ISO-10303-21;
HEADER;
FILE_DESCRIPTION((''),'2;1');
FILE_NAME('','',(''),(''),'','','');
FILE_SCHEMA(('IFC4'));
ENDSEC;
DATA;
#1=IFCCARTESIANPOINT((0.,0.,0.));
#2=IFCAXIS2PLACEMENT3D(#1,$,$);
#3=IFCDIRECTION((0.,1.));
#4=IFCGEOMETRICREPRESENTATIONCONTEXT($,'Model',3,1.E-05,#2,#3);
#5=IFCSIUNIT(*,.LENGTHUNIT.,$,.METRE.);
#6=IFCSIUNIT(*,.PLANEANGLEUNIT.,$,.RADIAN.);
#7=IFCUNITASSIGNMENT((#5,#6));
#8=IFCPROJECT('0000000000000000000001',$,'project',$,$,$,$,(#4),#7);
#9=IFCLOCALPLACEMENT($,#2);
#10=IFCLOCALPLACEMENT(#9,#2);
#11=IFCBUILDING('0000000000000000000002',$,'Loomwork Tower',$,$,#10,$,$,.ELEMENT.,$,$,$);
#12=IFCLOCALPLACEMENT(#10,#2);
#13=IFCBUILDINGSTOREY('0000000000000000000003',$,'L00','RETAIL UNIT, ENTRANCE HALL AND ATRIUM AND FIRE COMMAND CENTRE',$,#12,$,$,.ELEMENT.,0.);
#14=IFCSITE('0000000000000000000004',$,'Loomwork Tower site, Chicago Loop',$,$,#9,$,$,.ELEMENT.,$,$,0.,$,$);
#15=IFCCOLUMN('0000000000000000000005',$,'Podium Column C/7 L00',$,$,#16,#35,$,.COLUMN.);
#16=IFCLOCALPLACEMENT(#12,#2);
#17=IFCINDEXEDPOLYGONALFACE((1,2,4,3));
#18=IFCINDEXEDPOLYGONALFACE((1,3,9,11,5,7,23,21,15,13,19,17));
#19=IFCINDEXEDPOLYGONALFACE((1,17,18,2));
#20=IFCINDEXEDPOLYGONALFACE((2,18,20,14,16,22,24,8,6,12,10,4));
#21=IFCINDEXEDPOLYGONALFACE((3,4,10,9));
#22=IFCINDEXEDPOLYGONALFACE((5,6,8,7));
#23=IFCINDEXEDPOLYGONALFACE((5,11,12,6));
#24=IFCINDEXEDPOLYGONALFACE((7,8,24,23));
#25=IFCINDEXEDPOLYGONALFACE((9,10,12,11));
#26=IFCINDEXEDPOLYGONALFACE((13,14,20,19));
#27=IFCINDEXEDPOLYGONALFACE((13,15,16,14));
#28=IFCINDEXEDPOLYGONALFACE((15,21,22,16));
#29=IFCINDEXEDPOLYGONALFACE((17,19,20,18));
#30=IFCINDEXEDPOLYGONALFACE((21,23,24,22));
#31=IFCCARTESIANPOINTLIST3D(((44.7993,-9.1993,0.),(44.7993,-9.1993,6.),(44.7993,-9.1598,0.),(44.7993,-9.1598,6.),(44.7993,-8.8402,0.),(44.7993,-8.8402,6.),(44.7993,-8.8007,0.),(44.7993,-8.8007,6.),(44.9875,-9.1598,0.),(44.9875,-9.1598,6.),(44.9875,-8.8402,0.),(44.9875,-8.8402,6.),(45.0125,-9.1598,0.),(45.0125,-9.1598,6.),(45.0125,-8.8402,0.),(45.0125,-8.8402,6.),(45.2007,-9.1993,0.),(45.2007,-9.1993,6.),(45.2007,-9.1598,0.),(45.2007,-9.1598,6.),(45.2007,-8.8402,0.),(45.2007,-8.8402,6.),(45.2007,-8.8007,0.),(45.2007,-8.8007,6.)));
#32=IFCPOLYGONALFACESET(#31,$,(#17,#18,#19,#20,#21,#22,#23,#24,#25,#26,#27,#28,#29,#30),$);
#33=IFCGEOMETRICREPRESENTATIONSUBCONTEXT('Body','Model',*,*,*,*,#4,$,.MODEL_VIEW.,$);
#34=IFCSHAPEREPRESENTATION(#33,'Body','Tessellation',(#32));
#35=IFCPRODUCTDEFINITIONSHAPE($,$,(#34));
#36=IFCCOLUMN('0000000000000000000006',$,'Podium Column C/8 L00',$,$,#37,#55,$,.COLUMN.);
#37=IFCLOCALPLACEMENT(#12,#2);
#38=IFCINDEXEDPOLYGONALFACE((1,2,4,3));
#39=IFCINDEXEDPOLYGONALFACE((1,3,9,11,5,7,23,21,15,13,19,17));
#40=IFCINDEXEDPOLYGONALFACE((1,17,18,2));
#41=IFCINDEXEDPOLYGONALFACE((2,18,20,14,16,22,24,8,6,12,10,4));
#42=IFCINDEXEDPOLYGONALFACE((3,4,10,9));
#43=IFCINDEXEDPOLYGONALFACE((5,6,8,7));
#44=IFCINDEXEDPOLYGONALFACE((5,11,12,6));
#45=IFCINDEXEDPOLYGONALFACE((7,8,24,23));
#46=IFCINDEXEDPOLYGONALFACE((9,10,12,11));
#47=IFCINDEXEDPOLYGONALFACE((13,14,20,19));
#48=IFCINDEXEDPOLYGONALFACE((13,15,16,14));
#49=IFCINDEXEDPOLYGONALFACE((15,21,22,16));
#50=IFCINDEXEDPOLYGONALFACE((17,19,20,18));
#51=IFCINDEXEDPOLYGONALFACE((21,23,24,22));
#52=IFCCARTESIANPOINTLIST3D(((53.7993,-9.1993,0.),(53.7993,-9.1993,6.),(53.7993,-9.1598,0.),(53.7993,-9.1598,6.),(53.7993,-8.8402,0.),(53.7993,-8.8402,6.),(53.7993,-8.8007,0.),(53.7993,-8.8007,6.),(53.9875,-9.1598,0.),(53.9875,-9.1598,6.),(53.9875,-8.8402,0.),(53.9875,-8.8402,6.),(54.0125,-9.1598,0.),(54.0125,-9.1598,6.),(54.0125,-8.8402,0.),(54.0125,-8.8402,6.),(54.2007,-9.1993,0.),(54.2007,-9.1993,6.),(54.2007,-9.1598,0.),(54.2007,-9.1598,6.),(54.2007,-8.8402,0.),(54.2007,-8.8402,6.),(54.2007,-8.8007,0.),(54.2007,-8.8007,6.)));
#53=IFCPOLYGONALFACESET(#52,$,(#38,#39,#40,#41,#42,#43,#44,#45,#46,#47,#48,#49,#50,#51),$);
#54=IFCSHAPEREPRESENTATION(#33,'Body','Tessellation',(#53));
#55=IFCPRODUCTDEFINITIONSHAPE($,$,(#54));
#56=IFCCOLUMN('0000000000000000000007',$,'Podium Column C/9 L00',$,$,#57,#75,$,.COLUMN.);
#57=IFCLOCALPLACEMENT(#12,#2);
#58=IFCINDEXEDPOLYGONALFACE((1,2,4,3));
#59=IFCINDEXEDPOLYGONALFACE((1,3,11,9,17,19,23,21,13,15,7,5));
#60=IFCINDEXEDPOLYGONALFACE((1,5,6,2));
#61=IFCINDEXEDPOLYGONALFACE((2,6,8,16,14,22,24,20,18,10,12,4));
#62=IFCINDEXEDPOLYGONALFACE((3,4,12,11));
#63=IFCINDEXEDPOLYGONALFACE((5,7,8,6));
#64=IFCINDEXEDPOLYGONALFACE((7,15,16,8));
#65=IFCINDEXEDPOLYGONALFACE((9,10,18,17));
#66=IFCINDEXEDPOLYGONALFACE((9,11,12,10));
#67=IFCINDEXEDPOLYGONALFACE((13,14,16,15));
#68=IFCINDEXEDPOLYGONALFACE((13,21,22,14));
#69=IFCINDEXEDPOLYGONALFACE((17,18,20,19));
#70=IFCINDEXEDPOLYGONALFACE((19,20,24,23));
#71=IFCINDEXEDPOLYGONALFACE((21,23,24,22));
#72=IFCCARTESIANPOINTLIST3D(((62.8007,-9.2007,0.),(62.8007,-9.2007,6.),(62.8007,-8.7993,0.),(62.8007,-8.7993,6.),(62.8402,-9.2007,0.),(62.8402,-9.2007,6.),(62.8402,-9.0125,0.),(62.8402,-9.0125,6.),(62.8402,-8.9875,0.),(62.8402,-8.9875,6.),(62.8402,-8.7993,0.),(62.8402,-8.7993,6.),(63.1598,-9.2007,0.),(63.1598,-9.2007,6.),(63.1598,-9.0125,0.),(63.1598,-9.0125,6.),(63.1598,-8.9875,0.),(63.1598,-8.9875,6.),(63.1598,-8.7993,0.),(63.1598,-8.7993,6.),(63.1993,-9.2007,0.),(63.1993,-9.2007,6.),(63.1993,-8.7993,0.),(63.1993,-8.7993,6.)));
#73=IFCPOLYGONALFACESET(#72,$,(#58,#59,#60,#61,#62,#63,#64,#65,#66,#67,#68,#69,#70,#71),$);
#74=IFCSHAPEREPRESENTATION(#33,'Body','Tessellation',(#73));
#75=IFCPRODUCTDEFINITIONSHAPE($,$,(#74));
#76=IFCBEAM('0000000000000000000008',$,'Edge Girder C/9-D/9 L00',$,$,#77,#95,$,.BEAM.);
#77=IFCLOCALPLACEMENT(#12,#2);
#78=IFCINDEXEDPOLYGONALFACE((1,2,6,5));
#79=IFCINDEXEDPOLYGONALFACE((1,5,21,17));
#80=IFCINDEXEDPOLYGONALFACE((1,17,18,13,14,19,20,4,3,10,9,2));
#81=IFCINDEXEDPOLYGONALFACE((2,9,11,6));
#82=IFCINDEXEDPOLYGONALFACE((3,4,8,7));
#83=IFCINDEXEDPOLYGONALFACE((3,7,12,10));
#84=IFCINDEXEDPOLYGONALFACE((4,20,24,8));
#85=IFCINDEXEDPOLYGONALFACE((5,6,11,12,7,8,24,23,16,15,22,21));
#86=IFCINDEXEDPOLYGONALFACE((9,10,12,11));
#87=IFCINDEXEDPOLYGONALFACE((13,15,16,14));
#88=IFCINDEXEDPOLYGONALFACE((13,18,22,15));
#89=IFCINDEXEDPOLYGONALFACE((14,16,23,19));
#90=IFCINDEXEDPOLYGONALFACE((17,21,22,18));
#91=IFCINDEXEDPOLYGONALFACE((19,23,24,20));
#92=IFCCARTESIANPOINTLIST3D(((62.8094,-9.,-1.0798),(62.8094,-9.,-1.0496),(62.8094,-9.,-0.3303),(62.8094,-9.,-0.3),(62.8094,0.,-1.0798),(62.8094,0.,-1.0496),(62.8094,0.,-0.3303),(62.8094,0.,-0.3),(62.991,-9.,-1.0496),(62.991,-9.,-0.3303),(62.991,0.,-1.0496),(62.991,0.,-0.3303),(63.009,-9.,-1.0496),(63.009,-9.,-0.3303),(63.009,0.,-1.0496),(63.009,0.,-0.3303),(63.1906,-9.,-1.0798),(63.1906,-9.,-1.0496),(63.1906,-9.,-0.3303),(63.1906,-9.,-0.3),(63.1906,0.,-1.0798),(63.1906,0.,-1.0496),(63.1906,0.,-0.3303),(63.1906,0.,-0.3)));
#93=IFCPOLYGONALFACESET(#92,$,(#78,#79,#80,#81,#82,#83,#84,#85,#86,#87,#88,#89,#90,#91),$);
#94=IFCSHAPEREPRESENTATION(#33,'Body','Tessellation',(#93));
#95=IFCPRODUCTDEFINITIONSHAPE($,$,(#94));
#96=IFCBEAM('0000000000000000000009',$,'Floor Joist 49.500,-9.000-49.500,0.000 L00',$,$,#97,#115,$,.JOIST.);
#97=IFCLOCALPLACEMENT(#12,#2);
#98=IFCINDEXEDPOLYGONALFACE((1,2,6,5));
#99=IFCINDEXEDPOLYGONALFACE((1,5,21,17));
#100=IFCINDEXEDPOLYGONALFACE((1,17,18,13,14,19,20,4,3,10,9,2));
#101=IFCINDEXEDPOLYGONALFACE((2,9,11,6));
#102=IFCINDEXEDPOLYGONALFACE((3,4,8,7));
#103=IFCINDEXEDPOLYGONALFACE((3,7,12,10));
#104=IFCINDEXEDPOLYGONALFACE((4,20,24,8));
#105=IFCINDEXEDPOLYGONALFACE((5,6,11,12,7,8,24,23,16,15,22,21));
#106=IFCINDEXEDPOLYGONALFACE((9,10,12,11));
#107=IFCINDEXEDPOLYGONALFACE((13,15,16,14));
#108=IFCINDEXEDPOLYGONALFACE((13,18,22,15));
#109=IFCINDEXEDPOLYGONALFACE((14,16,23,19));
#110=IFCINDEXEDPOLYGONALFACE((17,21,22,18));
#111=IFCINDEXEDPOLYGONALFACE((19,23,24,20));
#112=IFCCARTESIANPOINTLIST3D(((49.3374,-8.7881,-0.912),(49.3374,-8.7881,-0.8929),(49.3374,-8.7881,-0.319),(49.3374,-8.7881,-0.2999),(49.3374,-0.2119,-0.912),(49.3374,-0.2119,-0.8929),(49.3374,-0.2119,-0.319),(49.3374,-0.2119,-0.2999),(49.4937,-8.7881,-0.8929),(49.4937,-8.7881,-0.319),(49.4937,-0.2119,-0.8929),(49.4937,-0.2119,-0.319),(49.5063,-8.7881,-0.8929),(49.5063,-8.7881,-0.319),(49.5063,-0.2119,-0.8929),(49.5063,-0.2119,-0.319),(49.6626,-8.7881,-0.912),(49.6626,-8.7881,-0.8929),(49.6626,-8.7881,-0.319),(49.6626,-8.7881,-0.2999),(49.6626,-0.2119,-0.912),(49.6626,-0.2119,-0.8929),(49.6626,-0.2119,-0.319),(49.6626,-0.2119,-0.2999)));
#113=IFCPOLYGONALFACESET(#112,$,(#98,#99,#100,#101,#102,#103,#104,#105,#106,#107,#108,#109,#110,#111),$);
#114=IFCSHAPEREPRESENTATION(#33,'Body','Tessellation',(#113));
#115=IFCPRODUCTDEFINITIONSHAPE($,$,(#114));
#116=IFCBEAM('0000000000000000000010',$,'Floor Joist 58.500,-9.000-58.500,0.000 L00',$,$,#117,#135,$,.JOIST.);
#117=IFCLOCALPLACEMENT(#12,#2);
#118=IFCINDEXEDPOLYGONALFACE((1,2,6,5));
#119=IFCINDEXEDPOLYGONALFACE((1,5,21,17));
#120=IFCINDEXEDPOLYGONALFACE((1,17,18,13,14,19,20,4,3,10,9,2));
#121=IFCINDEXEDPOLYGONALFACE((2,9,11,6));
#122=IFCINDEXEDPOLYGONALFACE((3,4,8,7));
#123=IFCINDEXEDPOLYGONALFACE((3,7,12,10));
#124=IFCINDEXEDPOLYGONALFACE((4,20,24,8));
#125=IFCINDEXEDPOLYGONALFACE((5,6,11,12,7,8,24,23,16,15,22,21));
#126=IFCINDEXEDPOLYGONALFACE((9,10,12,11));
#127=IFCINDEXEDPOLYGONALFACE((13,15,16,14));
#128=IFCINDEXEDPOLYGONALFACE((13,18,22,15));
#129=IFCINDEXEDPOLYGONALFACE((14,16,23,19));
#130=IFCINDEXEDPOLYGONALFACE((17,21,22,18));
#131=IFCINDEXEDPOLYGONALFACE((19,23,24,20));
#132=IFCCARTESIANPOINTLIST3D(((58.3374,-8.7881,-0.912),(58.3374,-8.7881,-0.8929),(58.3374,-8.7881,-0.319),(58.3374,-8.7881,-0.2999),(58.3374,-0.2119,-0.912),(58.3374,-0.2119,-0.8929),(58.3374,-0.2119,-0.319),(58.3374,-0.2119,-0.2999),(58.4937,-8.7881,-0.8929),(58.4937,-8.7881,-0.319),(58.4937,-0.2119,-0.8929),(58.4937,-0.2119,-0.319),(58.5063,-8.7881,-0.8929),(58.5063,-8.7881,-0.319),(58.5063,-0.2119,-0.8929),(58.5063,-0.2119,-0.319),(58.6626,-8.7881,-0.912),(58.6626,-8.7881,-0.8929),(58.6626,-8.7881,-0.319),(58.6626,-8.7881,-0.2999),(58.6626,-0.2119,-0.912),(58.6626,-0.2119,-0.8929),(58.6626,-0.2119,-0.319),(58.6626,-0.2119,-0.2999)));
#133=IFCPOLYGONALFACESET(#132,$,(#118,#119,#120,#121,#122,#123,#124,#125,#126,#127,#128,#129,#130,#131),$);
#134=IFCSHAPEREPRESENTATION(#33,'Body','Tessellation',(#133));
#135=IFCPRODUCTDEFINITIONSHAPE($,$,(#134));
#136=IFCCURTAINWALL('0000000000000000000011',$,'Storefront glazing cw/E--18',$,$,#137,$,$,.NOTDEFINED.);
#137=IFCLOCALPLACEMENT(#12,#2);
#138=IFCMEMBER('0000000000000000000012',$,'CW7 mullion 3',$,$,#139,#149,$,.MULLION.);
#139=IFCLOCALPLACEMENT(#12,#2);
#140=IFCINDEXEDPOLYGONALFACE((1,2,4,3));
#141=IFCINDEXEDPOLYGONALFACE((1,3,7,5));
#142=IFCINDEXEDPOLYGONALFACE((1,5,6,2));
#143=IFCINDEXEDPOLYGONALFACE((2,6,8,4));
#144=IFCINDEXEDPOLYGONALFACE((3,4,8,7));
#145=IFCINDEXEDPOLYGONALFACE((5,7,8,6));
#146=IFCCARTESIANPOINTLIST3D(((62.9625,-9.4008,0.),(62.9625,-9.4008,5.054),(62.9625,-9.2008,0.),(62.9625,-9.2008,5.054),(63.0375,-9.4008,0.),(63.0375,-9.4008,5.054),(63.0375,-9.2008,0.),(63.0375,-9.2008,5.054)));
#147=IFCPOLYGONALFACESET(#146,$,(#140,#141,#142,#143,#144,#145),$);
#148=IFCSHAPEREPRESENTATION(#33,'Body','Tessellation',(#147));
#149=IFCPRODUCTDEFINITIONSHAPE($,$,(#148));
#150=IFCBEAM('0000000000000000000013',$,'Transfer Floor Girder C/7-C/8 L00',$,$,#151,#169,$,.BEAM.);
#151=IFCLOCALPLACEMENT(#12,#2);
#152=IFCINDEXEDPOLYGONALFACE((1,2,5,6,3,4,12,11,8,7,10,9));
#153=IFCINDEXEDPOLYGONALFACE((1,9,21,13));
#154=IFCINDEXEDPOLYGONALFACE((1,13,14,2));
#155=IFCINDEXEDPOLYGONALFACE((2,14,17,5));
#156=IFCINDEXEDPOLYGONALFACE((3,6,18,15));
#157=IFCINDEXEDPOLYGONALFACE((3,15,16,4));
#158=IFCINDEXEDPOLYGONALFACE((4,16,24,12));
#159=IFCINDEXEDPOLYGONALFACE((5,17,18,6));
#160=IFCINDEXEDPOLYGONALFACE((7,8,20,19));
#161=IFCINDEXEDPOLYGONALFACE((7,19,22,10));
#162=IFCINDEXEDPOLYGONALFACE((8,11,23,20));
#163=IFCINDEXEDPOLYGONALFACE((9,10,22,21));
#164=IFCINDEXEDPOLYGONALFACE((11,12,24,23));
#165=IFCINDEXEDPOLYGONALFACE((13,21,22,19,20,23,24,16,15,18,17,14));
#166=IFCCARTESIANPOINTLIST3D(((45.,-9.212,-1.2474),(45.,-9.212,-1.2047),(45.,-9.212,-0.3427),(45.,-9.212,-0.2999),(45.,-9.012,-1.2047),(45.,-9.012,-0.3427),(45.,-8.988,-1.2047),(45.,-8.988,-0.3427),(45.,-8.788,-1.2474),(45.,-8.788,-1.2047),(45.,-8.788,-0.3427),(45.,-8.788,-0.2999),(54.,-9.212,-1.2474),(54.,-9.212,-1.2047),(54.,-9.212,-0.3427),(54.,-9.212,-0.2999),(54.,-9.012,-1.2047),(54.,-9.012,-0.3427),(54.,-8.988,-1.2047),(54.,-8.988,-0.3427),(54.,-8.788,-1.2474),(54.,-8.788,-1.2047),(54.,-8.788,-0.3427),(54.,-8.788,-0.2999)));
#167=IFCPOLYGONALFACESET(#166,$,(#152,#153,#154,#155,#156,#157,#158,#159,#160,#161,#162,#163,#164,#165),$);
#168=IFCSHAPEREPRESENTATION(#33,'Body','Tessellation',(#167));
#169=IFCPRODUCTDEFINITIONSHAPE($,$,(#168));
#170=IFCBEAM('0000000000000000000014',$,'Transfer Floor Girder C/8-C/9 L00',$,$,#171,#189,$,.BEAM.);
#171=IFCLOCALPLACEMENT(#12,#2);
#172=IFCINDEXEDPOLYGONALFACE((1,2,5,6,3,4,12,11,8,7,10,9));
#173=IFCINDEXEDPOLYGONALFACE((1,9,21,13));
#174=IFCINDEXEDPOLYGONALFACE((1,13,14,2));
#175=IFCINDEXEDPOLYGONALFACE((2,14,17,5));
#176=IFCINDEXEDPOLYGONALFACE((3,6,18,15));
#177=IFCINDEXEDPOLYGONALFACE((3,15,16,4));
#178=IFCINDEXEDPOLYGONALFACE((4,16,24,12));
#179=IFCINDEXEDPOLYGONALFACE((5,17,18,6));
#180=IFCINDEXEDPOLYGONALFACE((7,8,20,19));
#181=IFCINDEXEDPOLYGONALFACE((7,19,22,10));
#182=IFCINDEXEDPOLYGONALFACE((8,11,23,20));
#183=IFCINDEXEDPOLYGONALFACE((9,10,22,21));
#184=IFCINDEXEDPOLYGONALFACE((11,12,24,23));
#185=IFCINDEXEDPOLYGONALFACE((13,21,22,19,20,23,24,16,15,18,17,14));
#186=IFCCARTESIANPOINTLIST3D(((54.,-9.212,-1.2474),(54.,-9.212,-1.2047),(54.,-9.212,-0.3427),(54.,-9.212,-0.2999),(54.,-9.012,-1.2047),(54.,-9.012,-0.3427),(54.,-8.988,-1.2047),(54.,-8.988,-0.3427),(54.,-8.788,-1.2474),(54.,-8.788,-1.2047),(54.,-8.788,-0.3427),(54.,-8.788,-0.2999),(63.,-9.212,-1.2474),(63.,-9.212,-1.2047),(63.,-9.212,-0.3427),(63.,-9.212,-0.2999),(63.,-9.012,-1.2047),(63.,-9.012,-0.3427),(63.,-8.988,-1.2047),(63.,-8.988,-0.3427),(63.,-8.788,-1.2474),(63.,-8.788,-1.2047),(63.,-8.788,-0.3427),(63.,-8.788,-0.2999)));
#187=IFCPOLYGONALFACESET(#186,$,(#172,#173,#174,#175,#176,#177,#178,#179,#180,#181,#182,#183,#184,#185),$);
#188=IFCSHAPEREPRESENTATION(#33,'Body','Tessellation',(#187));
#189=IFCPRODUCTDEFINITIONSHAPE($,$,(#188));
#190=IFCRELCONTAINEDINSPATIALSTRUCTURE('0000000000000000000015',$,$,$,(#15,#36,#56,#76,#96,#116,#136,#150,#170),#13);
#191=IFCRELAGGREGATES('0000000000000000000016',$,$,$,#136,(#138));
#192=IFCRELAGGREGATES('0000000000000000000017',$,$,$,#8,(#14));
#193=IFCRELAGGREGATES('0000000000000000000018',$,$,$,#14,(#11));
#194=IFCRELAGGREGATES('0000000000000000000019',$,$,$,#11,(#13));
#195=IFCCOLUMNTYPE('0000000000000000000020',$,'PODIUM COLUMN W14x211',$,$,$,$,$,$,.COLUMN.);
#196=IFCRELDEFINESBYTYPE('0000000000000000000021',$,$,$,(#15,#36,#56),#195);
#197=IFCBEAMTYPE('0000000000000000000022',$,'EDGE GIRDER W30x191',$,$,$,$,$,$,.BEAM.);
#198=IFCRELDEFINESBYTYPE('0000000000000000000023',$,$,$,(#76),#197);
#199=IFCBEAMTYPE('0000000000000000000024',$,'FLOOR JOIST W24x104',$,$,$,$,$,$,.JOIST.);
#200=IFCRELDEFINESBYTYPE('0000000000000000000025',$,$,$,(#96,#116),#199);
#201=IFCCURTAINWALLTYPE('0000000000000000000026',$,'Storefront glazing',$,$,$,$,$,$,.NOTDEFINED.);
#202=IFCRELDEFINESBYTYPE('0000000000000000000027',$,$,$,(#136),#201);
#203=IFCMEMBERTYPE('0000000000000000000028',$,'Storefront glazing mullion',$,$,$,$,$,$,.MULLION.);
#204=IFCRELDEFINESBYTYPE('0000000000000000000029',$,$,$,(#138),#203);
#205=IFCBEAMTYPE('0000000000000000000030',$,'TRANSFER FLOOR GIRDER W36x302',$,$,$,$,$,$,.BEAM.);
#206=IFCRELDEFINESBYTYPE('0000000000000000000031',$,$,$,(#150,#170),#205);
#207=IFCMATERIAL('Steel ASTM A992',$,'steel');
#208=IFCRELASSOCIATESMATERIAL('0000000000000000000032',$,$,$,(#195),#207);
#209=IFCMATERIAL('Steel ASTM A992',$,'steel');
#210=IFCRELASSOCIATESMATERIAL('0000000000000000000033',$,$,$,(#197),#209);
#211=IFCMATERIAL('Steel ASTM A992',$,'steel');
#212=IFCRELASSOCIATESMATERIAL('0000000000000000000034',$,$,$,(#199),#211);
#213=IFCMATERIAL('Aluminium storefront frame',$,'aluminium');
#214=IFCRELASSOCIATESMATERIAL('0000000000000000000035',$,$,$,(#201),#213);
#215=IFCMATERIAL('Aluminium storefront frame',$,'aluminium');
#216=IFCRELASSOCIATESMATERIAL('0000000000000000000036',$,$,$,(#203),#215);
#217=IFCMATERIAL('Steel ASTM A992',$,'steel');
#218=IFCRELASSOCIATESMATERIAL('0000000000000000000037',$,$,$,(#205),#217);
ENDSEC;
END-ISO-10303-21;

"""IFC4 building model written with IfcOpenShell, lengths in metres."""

from ifc_helpers import new_model, si_unit, direction, frame, origin, origin_2d, place, context, subcontext, project, spatial, rectangle, i_section, extrude, material, material_profile, profile_set, type_object, element, aggregate, save


model = new_model("IFC4")

# Units and contexts
model_context = context("Model", 3, precision=1e-05, world=origin(), true_north=direction((0.0, 1.0)))
body_context = subcontext(model_context, "Body", "Model", "MODEL_VIEW")
ifc_project = project(units=[si_unit("LENGTHUNIT", "METRE"), si_unit("PLANEANGLEUNIT", "RADIAN")], contexts=[model_context])

# Site, building, storey
site_placement = place(None, origin())
site = spatial("IfcSite", under=ifc_project, at=site_placement, Name="Loomwork Tower site, Chicago Loop", CompositionType="ELEMENT", RefElevation=0.0)
building_placement = place(site_placement, origin())
building = spatial("IfcBuilding", under=site, at=building_placement, Name="Loomwork Tower", CompositionType="ELEMENT")
storey_placement = place(building_placement, origin())
storey = spatial("IfcBuildingStorey", under=building, at=storey_placement, Name="L00", Description="RETAIL UNIT, ENTRANCE HALL AND ATRIUM AND FIRE COMMAND CENTRE", CompositionType="ELEMENT", Elevation=0.0)

# Columns
ifc_material_1 = material(Name="Steel ASTM A992", Category="steel")
ifc_material_profile_1 = material_profile(ifc_material_1, i_section(OverallWidth=0.4014, OverallDepth=0.3987, WebThickness=0.0249, FlangeThickness=0.0396, at=origin_2d()), Name="W14x211")
ifc_profile_set_1 = profile_set([ifc_material_profile_1], Name="Steel ASTM A992")
column_type = type_object("IfcColumnType", Name="PODIUM COLUMN W14x211", PredefinedType="COLUMN", material=ifc_profile_set_1)
for number, where, z_axis, x_axis, name in (
    (1, (45.0, -9.0, 0.0), (0.0, 0.0, 1.0), (1.0, 0.0, 0.0), "Podium Column C/7 L00"),
    (2, (54.0, -9.0, 0.0), (0.0, 0.0, 1.0), (1.0, 0.0, 0.0), "Podium Column C/8 L00"),
    (3, (63.0, -9.0, 0.0), (0.0, 0.0, 1.0), (0.0, 1.0, 0.0), "Podium Column C/9 L00"),
):
    element("IfcColumn", number, at=place(storey_placement, frame(where, z_axis=z_axis, x_axis=x_axis)), inside=storey, type_object=column_type, Name=name, PredefinedType="COLUMN", context=body_context, shape_type="SweptSolid", body=[
        extrude(i_section(OverallWidth=0.4014, OverallDepth=0.3987, WebThickness=0.0249, FlangeThickness=0.0396, at=origin_2d()), origin(), (0.0, 0.0, 1.0), 6.0),
    ])

# Beams
ifc_material_2 = material(Name="Steel ASTM A992", Category="steel")
ifc_material_profile_2 = material_profile(ifc_material_2, i_section(OverallWidth=0.3811, OverallDepth=0.7798, WebThickness=0.0181, FlangeThickness=0.0303, at=origin_2d()), Name="W30x191")
ifc_profile_set_2 = profile_set([ifc_material_profile_2], Name="Steel ASTM A992")
beam_type_1 = type_object("IfcBeamType", Name="EDGE GIRDER W30x191", PredefinedType="BEAM", material=ifc_profile_set_2)
beam_placement = place(storey_placement, frame((63.0, -9.0, -0.6899), z_axis=(0.0, 1.0, 0.0), x_axis=(-1.0, 0.0, 0.0)))
element("IfcBeam", 4, at=beam_placement, inside=storey, type_object=beam_type_1, Name="Edge Girder C/9-D/9 L00", PredefinedType="BEAM", context=body_context, shape_type="SweptSolid", body=[
    extrude(i_section(OverallWidth=0.3811, OverallDepth=0.7798, WebThickness=0.0181, FlangeThickness=0.0303, at=origin_2d()), origin(), (0.0, 0.0, 1.0), 9.0),
])
ifc_material_3 = material(Name="Steel ASTM A992", Category="steel")
ifc_material_profile_3 = material_profile(ifc_material_3, i_section(OverallWidth=0.3252, OverallDepth=0.6121, WebThickness=0.0127, FlangeThickness=0.019, at=origin_2d()), Name="W24x104")
ifc_profile_set_3 = profile_set([ifc_material_profile_3], Name="Steel ASTM A992")
beam_type_2 = type_object("IfcBeamType", Name="FLOOR JOIST W24x104", PredefinedType="JOIST", material=ifc_profile_set_3)
for number, where, z_axis, x_axis, name in (
    (5, (49.5, -8.7881, -0.606), (0.0, 1.0, 0.0), (-1.0, 0.0, 0.0), "Floor Joist 49.500,-9.000-49.500,0.000 L00"),
    (6, (58.5, -8.7881, -0.606), (0.0, 1.0, 0.0), (-1.0, 0.0, 0.0), "Floor Joist 58.500,-9.000-58.500,0.000 L00"),
):
    element("IfcBeam", number, at=place(storey_placement, frame(where, z_axis=z_axis, x_axis=x_axis)), inside=storey, type_object=beam_type_2, Name=name, PredefinedType="JOIST", context=body_context, shape_type="SweptSolid", body=[
        extrude(i_section(OverallWidth=0.3252, OverallDepth=0.6121, WebThickness=0.0127, FlangeThickness=0.019, at=origin_2d()), origin(), (0.0, 0.0, 1.0), 8.5762),
    ])

# Curtain wall, member
ifc_material_4 = material(Name="Aluminium storefront frame", Category="aluminium")
curtain_wall_type = type_object("IfcCurtainWallType", Name="Storefront glazing", PredefinedType="NOTDEFINED", material=ifc_material_4)
curtain_wall_placement = place(storey_placement, origin())
curtain_wall = element("IfcCurtainWall", 7, at=curtain_wall_placement, inside=storey, type_object=curtain_wall_type, Name="Storefront glazing cw/E--18", PredefinedType="NOTDEFINED")
ifc_material_5 = material(Name="Aluminium storefront frame", Category="aluminium")
ifc_material_profile_4 = material_profile(ifc_material_5, rectangle(XDim=0.075, YDim=0.2, at=origin_2d()), Name="AL 75x200")
ifc_profile_set_4 = profile_set([ifc_material_profile_4], Name="Aluminium storefront frame")
member_type = type_object("IfcMemberType", Name="Storefront glazing mullion", PredefinedType="MULLION", material=ifc_profile_set_4)
member_placement = place(storey_placement, frame((63.0, -9.3008, 0.0), z_axis=(0.0, 0.0, 1.0), x_axis=(-1.0, 0.0, 0.0)))
member = element("IfcMember", 8, at=member_placement, type_object=member_type, Name="CW7 mullion 3", PredefinedType="MULLION", context=body_context, shape_type="SweptSolid", body=[
    extrude(rectangle(XDim=0.075, YDim=0.2, at=origin_2d()), origin(), (0.0, 0.0, 1.0), 5.054),
])

# Beams
ifc_material_6 = material(Name="Steel ASTM A992", Category="steel")
ifc_material_profile_5 = material_profile(ifc_material_6, i_section(OverallWidth=0.4241, OverallDepth=0.9475, WebThickness=0.0239, FlangeThickness=0.0427, at=origin_2d()), Name="W36x302")
ifc_profile_set_5 = profile_set([ifc_material_profile_5], Name="Steel ASTM A992")
beam_type_3 = type_object("IfcBeamType", Name="TRANSFER FLOOR GIRDER W36x302", PredefinedType="BEAM", material=ifc_profile_set_5)
for number, where, z_axis, x_axis, name in (
    (9, (45.0, -9.0, -0.7737), (1.0, 0.0, 0.0), (0.0, 1.0, 0.0), "Transfer Floor Girder C/7-C/8 L00"),
    (10, (54.0, -9.0, -0.7737), (1.0, 0.0, 0.0), (0.0, 1.0, 0.0), "Transfer Floor Girder C/8-C/9 L00"),
):
    element("IfcBeam", number, at=place(storey_placement, frame(where, z_axis=z_axis, x_axis=x_axis)), inside=storey, type_object=beam_type_3, Name=name, PredefinedType="BEAM", context=body_context, shape_type="SweptSolid", body=[
        extrude(i_section(OverallWidth=0.4241, OverallDepth=0.9475, WebThickness=0.0239, FlangeThickness=0.0427, at=origin_2d()), origin(), (0.0, 0.0, 1.0), 9.0),
    ])

aggregate(curtain_wall, [member])

save(model, "model.ifc")
